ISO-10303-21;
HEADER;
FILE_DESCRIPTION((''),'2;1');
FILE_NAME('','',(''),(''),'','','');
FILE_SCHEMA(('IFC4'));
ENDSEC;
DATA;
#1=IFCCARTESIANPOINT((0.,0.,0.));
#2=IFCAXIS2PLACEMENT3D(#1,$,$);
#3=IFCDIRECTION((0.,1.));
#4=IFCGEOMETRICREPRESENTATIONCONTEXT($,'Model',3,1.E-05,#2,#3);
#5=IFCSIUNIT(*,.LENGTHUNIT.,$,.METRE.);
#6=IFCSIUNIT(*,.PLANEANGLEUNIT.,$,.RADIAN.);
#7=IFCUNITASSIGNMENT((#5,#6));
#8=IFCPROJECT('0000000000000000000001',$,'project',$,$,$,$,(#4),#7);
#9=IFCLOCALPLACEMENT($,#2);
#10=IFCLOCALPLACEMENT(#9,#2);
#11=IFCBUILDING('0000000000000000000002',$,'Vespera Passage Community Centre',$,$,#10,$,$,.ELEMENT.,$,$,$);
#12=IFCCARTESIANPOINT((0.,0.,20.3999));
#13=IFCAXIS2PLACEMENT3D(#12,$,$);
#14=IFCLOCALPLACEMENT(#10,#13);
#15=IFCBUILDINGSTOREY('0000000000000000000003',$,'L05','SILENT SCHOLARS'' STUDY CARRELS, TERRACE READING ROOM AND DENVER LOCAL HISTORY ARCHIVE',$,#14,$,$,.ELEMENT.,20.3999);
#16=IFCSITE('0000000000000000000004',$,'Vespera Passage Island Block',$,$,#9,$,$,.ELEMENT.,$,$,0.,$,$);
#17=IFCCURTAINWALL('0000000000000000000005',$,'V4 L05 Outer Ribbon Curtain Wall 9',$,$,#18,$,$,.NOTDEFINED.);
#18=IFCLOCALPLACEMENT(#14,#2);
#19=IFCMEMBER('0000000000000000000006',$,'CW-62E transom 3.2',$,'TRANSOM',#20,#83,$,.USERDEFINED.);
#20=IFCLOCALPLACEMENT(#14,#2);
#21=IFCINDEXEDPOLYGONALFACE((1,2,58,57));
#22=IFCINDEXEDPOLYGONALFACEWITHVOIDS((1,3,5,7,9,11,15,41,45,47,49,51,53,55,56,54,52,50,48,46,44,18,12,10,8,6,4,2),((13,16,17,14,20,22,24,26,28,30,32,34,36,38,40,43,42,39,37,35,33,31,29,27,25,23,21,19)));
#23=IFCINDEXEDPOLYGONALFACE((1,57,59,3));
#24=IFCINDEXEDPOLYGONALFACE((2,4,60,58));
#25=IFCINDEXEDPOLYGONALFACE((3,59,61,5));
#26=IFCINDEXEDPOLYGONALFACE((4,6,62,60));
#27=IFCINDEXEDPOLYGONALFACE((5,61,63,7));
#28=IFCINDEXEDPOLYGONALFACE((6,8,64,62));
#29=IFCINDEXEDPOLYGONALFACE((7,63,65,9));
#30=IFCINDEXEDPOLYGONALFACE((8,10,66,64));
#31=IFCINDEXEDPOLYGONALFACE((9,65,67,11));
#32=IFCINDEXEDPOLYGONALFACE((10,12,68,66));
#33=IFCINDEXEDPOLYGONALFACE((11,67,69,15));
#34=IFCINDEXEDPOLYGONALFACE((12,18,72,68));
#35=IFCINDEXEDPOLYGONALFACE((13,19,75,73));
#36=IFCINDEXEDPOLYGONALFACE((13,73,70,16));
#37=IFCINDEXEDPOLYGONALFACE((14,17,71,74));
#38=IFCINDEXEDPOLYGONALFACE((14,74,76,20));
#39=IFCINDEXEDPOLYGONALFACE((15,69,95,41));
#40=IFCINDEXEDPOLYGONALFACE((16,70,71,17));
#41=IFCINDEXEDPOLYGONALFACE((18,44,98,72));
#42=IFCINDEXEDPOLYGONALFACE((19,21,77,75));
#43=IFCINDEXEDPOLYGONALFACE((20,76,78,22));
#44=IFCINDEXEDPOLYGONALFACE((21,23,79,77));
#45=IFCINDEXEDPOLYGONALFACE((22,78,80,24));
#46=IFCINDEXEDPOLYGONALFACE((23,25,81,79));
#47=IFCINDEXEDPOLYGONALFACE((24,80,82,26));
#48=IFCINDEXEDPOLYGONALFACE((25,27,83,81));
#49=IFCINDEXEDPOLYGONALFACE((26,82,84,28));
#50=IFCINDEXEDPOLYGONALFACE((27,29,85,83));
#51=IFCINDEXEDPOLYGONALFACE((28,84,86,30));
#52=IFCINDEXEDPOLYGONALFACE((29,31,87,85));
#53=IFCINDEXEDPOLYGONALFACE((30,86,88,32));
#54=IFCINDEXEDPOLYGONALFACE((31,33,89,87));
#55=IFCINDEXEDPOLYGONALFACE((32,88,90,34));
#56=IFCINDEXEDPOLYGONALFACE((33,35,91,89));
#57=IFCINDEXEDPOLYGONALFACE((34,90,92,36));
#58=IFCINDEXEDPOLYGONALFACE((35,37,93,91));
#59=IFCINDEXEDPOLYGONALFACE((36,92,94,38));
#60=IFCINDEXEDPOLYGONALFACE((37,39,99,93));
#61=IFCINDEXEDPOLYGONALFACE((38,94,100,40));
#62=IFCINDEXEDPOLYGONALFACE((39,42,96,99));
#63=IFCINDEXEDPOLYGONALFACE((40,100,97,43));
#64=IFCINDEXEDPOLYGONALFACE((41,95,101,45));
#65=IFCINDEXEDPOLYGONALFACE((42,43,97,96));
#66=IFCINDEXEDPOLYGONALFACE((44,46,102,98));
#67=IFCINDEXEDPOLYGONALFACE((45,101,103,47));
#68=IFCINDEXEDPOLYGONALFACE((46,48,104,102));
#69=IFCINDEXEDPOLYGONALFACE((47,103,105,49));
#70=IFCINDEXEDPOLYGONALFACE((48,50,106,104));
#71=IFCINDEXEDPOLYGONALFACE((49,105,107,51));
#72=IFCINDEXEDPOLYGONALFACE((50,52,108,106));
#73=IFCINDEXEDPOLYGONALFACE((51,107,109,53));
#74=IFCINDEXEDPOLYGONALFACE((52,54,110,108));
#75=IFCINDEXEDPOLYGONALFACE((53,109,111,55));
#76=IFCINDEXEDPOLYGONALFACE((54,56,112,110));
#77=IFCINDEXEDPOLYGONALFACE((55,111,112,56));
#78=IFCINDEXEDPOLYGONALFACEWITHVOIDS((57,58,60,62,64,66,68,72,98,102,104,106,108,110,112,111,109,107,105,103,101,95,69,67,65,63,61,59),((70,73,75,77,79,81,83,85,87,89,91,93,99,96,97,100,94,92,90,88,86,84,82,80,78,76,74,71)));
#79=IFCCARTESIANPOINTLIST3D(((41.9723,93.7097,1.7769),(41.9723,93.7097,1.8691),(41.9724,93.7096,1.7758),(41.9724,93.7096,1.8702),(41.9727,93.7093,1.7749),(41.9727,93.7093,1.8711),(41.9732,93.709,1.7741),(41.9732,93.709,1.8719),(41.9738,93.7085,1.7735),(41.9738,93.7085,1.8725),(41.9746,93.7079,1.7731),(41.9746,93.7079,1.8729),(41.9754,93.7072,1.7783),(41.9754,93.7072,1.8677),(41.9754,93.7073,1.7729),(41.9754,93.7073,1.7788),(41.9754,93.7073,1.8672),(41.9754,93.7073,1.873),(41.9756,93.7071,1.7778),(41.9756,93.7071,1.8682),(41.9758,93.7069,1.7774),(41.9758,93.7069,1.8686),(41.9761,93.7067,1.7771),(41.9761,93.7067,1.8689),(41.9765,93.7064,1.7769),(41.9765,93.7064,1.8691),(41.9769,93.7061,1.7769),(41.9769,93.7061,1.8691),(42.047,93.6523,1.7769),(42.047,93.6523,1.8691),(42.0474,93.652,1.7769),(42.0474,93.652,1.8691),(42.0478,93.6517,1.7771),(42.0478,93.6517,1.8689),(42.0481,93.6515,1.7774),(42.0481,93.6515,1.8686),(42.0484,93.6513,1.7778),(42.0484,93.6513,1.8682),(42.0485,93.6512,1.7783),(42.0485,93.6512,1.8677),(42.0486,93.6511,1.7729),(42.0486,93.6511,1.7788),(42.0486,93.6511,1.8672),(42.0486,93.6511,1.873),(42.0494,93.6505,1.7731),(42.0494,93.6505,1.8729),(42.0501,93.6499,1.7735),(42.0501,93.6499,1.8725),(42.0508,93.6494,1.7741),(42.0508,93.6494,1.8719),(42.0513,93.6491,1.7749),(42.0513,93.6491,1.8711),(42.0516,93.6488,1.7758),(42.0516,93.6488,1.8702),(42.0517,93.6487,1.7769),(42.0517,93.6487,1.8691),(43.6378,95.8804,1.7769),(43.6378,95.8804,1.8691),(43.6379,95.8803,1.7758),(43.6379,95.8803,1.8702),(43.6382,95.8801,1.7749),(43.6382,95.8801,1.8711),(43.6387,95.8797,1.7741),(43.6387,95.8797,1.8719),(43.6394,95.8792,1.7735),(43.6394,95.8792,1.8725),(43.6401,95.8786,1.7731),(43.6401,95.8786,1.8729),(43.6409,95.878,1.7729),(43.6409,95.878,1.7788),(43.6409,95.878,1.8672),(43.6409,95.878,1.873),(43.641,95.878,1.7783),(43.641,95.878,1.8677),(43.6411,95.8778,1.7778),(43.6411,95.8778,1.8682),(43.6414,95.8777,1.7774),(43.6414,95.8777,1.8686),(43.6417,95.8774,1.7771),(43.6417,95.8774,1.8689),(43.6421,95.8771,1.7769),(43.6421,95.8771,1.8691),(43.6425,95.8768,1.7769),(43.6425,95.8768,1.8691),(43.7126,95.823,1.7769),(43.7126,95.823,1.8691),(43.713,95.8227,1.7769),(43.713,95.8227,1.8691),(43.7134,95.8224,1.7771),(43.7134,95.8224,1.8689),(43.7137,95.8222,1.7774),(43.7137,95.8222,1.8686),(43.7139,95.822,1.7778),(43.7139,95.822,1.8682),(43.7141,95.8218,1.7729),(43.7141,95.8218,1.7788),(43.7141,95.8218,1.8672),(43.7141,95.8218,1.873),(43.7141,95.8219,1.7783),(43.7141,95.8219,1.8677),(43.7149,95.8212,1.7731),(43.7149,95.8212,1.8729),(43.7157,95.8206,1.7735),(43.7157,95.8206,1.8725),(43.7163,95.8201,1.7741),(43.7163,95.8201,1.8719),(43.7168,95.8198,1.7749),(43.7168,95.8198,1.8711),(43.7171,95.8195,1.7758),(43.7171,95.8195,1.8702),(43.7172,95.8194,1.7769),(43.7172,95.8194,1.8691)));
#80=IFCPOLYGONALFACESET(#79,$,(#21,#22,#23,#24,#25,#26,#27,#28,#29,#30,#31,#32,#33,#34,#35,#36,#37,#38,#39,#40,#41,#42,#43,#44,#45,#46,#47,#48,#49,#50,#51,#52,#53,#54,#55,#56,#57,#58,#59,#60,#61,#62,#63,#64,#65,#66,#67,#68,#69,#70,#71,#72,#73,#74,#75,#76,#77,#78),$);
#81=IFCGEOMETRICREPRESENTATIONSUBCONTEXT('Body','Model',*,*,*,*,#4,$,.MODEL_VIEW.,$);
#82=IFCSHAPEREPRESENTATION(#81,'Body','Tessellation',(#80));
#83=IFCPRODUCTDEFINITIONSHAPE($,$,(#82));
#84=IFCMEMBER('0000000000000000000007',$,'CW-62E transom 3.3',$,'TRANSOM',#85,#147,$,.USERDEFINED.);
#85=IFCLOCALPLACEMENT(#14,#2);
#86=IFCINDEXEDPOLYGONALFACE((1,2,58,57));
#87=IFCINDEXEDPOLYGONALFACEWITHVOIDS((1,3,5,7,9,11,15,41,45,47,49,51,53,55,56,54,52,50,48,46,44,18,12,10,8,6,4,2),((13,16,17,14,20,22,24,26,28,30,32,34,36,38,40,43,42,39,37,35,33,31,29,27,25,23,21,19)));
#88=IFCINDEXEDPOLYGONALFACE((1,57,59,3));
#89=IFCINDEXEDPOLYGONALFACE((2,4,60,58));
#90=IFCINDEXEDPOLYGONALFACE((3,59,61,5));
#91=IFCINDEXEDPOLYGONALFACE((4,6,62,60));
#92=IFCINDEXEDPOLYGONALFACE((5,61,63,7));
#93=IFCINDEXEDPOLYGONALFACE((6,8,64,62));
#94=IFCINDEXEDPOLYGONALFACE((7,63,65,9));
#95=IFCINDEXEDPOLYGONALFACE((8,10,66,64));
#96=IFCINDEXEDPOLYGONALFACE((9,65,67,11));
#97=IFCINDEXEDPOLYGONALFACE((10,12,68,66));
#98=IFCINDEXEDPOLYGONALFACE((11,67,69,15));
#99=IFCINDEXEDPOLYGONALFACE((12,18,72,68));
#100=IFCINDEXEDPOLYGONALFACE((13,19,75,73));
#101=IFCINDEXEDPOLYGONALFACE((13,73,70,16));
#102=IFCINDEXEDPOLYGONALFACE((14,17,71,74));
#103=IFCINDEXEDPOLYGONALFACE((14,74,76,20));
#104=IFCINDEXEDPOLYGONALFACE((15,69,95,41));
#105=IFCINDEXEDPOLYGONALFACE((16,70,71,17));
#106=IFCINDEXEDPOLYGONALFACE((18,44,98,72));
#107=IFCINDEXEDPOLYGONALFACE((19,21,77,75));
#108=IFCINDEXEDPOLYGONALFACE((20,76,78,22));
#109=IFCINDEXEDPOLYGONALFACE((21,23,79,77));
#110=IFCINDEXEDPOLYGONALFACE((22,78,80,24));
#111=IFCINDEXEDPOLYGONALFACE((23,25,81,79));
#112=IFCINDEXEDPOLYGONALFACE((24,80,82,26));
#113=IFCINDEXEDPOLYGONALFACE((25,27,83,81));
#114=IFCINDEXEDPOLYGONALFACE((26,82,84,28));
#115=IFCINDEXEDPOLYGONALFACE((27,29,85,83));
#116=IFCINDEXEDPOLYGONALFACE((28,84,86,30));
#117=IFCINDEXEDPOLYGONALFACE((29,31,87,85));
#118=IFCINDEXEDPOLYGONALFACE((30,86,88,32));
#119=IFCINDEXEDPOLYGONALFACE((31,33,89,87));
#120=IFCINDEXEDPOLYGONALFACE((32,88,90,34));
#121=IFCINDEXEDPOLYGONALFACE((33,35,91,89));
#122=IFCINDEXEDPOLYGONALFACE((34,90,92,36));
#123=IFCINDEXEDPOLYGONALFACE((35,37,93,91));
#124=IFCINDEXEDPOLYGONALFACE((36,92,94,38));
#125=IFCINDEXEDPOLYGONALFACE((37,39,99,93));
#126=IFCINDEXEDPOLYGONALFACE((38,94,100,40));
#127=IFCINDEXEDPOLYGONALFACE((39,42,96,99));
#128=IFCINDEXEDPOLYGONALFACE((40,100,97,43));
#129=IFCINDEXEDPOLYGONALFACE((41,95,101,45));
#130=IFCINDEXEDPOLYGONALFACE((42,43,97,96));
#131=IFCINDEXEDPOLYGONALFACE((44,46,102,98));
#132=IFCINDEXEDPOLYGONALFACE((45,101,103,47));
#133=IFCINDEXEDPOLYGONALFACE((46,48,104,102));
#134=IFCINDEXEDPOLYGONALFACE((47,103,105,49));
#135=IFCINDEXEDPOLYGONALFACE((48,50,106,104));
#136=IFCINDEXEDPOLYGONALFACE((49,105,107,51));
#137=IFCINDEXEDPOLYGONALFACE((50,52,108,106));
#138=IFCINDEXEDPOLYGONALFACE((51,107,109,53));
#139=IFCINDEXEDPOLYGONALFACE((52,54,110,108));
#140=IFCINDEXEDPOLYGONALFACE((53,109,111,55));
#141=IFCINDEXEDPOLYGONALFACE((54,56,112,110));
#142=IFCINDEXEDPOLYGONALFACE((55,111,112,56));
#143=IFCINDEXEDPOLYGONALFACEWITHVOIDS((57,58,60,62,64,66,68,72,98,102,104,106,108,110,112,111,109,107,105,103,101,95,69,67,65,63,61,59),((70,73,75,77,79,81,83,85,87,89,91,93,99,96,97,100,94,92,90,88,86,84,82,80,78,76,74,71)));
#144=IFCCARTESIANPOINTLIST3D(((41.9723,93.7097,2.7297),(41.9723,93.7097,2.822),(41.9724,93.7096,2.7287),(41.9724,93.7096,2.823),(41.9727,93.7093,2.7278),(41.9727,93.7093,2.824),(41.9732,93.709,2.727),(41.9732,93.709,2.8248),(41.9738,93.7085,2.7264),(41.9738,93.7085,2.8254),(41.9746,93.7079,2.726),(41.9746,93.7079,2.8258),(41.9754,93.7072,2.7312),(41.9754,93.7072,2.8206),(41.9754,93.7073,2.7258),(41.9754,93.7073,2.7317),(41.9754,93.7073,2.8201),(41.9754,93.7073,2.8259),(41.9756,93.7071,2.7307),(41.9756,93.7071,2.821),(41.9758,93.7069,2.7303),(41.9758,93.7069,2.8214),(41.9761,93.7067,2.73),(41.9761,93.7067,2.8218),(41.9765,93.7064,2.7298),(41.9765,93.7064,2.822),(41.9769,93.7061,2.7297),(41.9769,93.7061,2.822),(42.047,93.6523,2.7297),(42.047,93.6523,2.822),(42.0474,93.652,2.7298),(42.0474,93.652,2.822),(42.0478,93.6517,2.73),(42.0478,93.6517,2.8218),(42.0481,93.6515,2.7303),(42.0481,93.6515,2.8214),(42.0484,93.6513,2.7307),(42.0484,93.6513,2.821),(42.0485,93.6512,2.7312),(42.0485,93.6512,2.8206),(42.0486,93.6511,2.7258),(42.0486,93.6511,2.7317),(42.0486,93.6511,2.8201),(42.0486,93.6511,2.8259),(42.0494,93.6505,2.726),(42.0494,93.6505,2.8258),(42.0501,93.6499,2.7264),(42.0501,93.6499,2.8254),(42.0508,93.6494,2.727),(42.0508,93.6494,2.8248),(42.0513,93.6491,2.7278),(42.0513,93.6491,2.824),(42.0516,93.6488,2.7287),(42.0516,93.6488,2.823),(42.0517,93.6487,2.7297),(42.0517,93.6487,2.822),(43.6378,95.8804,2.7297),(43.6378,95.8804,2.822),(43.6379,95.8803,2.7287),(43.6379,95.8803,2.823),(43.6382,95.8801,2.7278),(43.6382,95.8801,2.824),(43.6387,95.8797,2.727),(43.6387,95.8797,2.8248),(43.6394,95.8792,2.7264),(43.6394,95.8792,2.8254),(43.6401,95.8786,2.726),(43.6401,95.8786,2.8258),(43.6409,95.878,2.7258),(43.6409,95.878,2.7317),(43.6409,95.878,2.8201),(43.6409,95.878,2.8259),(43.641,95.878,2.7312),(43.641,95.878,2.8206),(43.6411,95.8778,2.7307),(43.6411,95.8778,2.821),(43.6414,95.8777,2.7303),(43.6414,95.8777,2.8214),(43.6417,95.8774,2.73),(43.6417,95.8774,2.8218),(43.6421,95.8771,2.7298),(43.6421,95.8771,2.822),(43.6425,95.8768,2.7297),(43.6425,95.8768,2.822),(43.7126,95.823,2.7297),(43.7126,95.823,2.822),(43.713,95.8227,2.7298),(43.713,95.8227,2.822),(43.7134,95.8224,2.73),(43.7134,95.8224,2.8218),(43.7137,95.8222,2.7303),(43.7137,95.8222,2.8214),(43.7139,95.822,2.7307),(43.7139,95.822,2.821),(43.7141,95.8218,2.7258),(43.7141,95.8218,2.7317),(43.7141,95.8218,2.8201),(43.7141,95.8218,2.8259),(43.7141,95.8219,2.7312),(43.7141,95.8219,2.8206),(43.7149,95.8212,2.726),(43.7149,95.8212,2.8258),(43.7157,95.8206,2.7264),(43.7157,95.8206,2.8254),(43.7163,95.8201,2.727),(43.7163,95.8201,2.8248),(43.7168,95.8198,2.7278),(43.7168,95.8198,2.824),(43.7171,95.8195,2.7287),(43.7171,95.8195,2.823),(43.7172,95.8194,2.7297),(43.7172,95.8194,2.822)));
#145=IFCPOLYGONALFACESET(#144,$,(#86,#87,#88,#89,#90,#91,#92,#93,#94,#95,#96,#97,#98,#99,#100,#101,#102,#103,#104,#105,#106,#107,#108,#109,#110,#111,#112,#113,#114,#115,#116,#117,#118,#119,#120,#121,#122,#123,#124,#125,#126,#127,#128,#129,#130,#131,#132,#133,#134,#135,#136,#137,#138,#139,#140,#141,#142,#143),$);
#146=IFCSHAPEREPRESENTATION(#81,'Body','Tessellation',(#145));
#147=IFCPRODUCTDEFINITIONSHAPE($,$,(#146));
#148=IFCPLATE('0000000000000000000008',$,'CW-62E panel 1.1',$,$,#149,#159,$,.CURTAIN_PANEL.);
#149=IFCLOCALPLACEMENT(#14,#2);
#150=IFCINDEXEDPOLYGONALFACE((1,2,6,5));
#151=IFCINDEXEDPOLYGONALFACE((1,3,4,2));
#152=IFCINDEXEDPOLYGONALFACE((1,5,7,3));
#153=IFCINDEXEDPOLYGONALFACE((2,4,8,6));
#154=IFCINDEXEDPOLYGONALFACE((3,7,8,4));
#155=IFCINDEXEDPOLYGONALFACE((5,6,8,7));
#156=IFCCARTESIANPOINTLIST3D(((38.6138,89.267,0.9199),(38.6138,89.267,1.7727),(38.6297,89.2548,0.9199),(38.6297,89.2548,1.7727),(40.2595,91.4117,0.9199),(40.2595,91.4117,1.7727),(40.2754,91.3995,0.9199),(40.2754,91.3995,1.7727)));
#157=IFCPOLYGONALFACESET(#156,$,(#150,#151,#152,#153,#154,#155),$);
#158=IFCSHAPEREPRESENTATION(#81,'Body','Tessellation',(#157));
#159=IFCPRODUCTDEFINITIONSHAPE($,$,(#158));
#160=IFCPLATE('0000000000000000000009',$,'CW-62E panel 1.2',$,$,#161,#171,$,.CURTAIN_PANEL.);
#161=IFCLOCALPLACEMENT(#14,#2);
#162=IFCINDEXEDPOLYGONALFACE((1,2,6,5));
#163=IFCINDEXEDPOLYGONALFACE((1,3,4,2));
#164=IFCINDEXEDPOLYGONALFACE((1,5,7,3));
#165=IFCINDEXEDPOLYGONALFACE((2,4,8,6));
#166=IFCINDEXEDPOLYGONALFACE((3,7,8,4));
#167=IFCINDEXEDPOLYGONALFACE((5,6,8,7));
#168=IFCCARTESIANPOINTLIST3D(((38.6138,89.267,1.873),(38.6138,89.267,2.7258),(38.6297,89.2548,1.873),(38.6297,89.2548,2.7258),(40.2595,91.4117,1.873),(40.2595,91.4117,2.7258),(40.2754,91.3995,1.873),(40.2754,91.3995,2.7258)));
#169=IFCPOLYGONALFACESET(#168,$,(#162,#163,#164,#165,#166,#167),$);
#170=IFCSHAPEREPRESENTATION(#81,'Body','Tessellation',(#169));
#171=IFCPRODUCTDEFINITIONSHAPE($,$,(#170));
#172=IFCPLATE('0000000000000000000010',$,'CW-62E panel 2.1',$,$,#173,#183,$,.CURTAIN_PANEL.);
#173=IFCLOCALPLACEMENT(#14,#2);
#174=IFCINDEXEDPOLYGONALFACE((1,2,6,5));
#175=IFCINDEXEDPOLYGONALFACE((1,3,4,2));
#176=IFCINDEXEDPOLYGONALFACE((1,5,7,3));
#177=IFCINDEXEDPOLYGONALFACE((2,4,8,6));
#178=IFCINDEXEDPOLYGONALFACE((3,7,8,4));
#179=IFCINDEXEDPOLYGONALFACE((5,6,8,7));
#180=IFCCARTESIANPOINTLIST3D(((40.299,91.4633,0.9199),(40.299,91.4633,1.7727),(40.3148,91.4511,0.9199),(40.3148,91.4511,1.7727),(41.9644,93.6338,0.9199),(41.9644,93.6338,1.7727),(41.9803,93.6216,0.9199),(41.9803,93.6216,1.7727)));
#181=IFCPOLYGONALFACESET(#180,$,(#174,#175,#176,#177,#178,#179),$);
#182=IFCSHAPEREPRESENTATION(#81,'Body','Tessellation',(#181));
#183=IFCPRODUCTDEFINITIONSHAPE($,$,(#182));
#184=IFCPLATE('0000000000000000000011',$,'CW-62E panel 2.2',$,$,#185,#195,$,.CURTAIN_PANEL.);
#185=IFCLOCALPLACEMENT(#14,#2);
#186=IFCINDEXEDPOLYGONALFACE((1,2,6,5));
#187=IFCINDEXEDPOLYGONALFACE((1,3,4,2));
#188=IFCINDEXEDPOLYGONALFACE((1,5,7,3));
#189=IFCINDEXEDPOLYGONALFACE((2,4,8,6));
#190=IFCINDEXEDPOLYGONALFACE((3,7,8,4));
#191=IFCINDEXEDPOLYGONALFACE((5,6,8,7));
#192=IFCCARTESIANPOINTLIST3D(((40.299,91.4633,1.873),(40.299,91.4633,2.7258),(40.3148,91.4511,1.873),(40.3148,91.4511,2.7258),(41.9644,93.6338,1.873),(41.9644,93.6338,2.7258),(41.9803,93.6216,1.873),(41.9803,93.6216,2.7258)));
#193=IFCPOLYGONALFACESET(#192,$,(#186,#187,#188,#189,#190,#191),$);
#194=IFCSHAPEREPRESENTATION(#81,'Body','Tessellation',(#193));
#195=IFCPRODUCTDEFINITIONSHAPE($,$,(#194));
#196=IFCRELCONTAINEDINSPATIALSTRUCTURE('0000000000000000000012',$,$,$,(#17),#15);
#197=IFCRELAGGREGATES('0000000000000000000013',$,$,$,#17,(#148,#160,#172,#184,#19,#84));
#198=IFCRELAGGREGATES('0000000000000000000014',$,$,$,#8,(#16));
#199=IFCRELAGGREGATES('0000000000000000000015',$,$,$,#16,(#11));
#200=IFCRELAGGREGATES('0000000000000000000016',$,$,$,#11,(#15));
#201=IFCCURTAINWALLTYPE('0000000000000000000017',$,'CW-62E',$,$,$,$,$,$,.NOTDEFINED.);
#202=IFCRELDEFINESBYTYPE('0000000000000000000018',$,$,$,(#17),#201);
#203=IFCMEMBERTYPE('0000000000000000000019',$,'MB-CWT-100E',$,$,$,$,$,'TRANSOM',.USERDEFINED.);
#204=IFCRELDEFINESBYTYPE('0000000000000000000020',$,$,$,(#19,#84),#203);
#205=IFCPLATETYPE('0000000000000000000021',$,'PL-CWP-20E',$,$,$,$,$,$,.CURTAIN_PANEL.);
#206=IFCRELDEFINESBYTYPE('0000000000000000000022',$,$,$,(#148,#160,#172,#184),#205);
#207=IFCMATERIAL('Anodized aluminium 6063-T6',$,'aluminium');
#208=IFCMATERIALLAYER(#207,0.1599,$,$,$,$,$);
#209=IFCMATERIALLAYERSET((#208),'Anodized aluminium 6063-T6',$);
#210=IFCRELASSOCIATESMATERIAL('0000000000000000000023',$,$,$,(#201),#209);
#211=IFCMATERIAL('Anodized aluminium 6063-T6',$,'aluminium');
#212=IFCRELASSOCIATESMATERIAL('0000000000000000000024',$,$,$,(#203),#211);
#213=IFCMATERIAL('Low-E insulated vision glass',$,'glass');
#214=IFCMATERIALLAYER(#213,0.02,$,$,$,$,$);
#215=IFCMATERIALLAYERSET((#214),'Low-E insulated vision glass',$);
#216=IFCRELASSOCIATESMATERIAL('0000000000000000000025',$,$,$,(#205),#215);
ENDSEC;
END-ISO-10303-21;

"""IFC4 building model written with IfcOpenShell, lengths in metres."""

from ifc_helpers import new_model, si_unit, direction, frame, origin, origin_2d, place, context, subcontext, project, spatial, rectangle, hollow_rectangle, extrude, material, layer, layer_set, material_profile, profile_set, type_object, element, aggregate, save


model = new_model("IFC4")

# Units and contexts
model_context = context("Model", 3, precision=1e-05, world=origin(), true_north=direction((0.0, 1.0)))
body_context = subcontext(model_context, "Body", "Model", "MODEL_VIEW")
ifc_project = project(units=[si_unit("LENGTHUNIT", "METRE"), si_unit("PLANEANGLEUNIT", "RADIAN")], contexts=[model_context])

# Site, building, storey
site_placement = place(None, origin())
site = spatial("IfcSite", under=ifc_project, at=site_placement, Name="Vespera Passage Island Block", CompositionType="ELEMENT", RefElevation=0.0)
building_placement = place(site_placement, origin())
building = spatial("IfcBuilding", under=site, at=building_placement, Name="Vespera Passage Community Centre", CompositionType="ELEMENT")
storey_placement = place(building_placement, frame((0.0, 0.0, 20.3999)))
storey = spatial("IfcBuildingStorey", under=building, at=storey_placement, Name="L05", Description="SILENT SCHOLARS' STUDY CARRELS, TERRACE READING ROOM AND DENVER LOCAL HISTORY ARCHIVE", CompositionType="ELEMENT", Elevation=20.3999)

# Curtain wall, members, plates
ifc_material_1 = material(Name="Anodized aluminium 6063-T6", Category="aluminium")
ifc_layer_1 = layer(ifc_material_1, 0.1599)
ifc_layer_set_1 = layer_set([ifc_layer_1], Name="Anodized aluminium 6063-T6")
curtain_wall_type = type_object("IfcCurtainWallType", Name="CW-62E", PredefinedType="NOTDEFINED", material=ifc_layer_set_1)
curtain_wall_placement = place(storey_placement, origin())
curtain_wall = element("IfcCurtainWall", 1, at=curtain_wall_placement, inside=storey, type_object=curtain_wall_type, Name="V4 L05 Outer Ribbon Curtain Wall 9", PredefinedType="NOTDEFINED")
ifc_material_2 = material(Name="Anodized aluminium 6063-T6", Category="aluminium")
ifc_material_profile_1 = material_profile(ifc_material_2, hollow_rectangle(XDim=0.1001, YDim=0.1001, WallThickness=0.0039, InnerFilletRadius=0.002, OuterFilletRadius=0.0039, at=origin_2d()), Name="ALU100X100X4")
ifc_profile_set_1 = profile_set([ifc_material_profile_1], Name="Anodized aluminium 6063-T6")
member_type_1 = type_object("IfcMemberType", Name="MB-CWT-100E", ElementType="TRANSOM", PredefinedType="USERDEFINED", material=ifc_profile_set_1)
member_1_placement = place(storey_placement, frame((42.012, 93.6792, 1.823), z_axis=(0.608744, 0.793366, 0.0), x_axis=(-0.793366, 0.608744, 0.0)))
member_1 = element("IfcMember", 2, at=member_1_placement, type_object=member_type_1, Name="CW-62E transom 3.2", ObjectType="TRANSOM", PredefinedType="USERDEFINED", context=body_context, shape_type="SweptSolid", body=[
    extrude(hollow_rectangle(XDim=0.1001, YDim=0.1001, WallThickness=0.0039, InnerFilletRadius=0.002, OuterFilletRadius=0.0039, at=origin_2d()), origin(), (0.0, 0.0, 1.0), 2.7361),
])
member_2_placement = place(storey_placement, frame((42.012, 93.6792, 2.7759), z_axis=(0.608744, 0.793366, 0.0), x_axis=(-0.793366, 0.608744, 0.0)))
member_2 = element("IfcMember", 3, at=member_2_placement, type_object=member_type_1, Name="CW-62E transom 3.3", ObjectType="TRANSOM", PredefinedType="USERDEFINED", context=body_context, shape_type="SweptSolid", body=[
    extrude(hollow_rectangle(XDim=0.1001, YDim=0.1001, WallThickness=0.0039, InnerFilletRadius=0.002, OuterFilletRadius=0.0039, at=origin_2d()), origin(), (0.0, 0.0, 1.0), 2.7361),
])
ifc_material_3 = material(Name="Low-E insulated vision glass", Category="glass")
ifc_layer_2 = layer(ifc_material_3, 0.02)
ifc_layer_set_2 = layer_set([ifc_layer_2], Name="Low-E insulated vision glass")
plate_type = type_object("IfcPlateType", Name="PL-CWP-20E", PredefinedType="CURTAIN_PANEL", material=ifc_layer_set_2)
plate_1_placement = place(storey_placement, frame((39.4446, 90.3333, 0.9199), z_axis=(0.0, 0.0, 1.0), x_axis=(0.608765, 0.79335, 0.0)))
plate_1 = element("IfcPlate", 4, at=plate_1_placement, type_object=plate_type, Name="CW-62E panel 1.1", PredefinedType="CURTAIN_PANEL", context=body_context, shape_type="SweptSolid", body=[
    extrude(rectangle(XDim=2.7034, YDim=0.02, at=origin_2d()), origin(), (0.0, 0.0, 1.0), 0.8528),
])
plate_2_placement = place(storey_placement, frame((39.4446, 90.3333, 1.873), z_axis=(0.0, 0.0, 1.0), x_axis=(0.608765, 0.79335, 0.0)))
plate_2 = element("IfcPlate", 5, at=plate_2_placement, type_object=plate_type, Name="CW-62E panel 1.2", PredefinedType="CURTAIN_PANEL", context=body_context, shape_type="SweptSolid", body=[
    extrude(rectangle(XDim=2.7034, YDim=0.02, at=origin_2d()), origin(), (0.0, 0.0, 1.0), 0.8528),
])
plate_3_placement = place(storey_placement, frame((41.1396, 92.5425, 0.9199), z_axis=(0.0, 0.0, 1.0), x_axis=(0.608765, 0.79335, 0.0)))
plate_3 = element("IfcPlate", 6, at=plate_3_placement, type_object=plate_type, Name="CW-62E panel 2.1", PredefinedType="CURTAIN_PANEL", context=body_context, shape_type="SweptSolid", body=[
    extrude(rectangle(XDim=2.7358, YDim=0.02, at=origin_2d()), origin(), (0.0, 0.0, 1.0), 0.8528),
])
plate_4_placement = place(storey_placement, frame((41.1396, 92.5425, 1.873), z_axis=(0.0, 0.0, 1.0), x_axis=(0.608765, 0.79335, 0.0)))
plate_4 = element("IfcPlate", 7, at=plate_4_placement, type_object=plate_type, Name="CW-62E panel 2.2", PredefinedType="CURTAIN_PANEL", context=body_context, shape_type="SweptSolid", body=[
    extrude(rectangle(XDim=2.7358, YDim=0.02, at=origin_2d()), origin(), (0.0, 0.0, 1.0), 0.8528),
])
aggregate(curtain_wall, [plate_1, plate_2, plate_3, plate_4, member_1, member_2])

save(model, "model.ifc")
